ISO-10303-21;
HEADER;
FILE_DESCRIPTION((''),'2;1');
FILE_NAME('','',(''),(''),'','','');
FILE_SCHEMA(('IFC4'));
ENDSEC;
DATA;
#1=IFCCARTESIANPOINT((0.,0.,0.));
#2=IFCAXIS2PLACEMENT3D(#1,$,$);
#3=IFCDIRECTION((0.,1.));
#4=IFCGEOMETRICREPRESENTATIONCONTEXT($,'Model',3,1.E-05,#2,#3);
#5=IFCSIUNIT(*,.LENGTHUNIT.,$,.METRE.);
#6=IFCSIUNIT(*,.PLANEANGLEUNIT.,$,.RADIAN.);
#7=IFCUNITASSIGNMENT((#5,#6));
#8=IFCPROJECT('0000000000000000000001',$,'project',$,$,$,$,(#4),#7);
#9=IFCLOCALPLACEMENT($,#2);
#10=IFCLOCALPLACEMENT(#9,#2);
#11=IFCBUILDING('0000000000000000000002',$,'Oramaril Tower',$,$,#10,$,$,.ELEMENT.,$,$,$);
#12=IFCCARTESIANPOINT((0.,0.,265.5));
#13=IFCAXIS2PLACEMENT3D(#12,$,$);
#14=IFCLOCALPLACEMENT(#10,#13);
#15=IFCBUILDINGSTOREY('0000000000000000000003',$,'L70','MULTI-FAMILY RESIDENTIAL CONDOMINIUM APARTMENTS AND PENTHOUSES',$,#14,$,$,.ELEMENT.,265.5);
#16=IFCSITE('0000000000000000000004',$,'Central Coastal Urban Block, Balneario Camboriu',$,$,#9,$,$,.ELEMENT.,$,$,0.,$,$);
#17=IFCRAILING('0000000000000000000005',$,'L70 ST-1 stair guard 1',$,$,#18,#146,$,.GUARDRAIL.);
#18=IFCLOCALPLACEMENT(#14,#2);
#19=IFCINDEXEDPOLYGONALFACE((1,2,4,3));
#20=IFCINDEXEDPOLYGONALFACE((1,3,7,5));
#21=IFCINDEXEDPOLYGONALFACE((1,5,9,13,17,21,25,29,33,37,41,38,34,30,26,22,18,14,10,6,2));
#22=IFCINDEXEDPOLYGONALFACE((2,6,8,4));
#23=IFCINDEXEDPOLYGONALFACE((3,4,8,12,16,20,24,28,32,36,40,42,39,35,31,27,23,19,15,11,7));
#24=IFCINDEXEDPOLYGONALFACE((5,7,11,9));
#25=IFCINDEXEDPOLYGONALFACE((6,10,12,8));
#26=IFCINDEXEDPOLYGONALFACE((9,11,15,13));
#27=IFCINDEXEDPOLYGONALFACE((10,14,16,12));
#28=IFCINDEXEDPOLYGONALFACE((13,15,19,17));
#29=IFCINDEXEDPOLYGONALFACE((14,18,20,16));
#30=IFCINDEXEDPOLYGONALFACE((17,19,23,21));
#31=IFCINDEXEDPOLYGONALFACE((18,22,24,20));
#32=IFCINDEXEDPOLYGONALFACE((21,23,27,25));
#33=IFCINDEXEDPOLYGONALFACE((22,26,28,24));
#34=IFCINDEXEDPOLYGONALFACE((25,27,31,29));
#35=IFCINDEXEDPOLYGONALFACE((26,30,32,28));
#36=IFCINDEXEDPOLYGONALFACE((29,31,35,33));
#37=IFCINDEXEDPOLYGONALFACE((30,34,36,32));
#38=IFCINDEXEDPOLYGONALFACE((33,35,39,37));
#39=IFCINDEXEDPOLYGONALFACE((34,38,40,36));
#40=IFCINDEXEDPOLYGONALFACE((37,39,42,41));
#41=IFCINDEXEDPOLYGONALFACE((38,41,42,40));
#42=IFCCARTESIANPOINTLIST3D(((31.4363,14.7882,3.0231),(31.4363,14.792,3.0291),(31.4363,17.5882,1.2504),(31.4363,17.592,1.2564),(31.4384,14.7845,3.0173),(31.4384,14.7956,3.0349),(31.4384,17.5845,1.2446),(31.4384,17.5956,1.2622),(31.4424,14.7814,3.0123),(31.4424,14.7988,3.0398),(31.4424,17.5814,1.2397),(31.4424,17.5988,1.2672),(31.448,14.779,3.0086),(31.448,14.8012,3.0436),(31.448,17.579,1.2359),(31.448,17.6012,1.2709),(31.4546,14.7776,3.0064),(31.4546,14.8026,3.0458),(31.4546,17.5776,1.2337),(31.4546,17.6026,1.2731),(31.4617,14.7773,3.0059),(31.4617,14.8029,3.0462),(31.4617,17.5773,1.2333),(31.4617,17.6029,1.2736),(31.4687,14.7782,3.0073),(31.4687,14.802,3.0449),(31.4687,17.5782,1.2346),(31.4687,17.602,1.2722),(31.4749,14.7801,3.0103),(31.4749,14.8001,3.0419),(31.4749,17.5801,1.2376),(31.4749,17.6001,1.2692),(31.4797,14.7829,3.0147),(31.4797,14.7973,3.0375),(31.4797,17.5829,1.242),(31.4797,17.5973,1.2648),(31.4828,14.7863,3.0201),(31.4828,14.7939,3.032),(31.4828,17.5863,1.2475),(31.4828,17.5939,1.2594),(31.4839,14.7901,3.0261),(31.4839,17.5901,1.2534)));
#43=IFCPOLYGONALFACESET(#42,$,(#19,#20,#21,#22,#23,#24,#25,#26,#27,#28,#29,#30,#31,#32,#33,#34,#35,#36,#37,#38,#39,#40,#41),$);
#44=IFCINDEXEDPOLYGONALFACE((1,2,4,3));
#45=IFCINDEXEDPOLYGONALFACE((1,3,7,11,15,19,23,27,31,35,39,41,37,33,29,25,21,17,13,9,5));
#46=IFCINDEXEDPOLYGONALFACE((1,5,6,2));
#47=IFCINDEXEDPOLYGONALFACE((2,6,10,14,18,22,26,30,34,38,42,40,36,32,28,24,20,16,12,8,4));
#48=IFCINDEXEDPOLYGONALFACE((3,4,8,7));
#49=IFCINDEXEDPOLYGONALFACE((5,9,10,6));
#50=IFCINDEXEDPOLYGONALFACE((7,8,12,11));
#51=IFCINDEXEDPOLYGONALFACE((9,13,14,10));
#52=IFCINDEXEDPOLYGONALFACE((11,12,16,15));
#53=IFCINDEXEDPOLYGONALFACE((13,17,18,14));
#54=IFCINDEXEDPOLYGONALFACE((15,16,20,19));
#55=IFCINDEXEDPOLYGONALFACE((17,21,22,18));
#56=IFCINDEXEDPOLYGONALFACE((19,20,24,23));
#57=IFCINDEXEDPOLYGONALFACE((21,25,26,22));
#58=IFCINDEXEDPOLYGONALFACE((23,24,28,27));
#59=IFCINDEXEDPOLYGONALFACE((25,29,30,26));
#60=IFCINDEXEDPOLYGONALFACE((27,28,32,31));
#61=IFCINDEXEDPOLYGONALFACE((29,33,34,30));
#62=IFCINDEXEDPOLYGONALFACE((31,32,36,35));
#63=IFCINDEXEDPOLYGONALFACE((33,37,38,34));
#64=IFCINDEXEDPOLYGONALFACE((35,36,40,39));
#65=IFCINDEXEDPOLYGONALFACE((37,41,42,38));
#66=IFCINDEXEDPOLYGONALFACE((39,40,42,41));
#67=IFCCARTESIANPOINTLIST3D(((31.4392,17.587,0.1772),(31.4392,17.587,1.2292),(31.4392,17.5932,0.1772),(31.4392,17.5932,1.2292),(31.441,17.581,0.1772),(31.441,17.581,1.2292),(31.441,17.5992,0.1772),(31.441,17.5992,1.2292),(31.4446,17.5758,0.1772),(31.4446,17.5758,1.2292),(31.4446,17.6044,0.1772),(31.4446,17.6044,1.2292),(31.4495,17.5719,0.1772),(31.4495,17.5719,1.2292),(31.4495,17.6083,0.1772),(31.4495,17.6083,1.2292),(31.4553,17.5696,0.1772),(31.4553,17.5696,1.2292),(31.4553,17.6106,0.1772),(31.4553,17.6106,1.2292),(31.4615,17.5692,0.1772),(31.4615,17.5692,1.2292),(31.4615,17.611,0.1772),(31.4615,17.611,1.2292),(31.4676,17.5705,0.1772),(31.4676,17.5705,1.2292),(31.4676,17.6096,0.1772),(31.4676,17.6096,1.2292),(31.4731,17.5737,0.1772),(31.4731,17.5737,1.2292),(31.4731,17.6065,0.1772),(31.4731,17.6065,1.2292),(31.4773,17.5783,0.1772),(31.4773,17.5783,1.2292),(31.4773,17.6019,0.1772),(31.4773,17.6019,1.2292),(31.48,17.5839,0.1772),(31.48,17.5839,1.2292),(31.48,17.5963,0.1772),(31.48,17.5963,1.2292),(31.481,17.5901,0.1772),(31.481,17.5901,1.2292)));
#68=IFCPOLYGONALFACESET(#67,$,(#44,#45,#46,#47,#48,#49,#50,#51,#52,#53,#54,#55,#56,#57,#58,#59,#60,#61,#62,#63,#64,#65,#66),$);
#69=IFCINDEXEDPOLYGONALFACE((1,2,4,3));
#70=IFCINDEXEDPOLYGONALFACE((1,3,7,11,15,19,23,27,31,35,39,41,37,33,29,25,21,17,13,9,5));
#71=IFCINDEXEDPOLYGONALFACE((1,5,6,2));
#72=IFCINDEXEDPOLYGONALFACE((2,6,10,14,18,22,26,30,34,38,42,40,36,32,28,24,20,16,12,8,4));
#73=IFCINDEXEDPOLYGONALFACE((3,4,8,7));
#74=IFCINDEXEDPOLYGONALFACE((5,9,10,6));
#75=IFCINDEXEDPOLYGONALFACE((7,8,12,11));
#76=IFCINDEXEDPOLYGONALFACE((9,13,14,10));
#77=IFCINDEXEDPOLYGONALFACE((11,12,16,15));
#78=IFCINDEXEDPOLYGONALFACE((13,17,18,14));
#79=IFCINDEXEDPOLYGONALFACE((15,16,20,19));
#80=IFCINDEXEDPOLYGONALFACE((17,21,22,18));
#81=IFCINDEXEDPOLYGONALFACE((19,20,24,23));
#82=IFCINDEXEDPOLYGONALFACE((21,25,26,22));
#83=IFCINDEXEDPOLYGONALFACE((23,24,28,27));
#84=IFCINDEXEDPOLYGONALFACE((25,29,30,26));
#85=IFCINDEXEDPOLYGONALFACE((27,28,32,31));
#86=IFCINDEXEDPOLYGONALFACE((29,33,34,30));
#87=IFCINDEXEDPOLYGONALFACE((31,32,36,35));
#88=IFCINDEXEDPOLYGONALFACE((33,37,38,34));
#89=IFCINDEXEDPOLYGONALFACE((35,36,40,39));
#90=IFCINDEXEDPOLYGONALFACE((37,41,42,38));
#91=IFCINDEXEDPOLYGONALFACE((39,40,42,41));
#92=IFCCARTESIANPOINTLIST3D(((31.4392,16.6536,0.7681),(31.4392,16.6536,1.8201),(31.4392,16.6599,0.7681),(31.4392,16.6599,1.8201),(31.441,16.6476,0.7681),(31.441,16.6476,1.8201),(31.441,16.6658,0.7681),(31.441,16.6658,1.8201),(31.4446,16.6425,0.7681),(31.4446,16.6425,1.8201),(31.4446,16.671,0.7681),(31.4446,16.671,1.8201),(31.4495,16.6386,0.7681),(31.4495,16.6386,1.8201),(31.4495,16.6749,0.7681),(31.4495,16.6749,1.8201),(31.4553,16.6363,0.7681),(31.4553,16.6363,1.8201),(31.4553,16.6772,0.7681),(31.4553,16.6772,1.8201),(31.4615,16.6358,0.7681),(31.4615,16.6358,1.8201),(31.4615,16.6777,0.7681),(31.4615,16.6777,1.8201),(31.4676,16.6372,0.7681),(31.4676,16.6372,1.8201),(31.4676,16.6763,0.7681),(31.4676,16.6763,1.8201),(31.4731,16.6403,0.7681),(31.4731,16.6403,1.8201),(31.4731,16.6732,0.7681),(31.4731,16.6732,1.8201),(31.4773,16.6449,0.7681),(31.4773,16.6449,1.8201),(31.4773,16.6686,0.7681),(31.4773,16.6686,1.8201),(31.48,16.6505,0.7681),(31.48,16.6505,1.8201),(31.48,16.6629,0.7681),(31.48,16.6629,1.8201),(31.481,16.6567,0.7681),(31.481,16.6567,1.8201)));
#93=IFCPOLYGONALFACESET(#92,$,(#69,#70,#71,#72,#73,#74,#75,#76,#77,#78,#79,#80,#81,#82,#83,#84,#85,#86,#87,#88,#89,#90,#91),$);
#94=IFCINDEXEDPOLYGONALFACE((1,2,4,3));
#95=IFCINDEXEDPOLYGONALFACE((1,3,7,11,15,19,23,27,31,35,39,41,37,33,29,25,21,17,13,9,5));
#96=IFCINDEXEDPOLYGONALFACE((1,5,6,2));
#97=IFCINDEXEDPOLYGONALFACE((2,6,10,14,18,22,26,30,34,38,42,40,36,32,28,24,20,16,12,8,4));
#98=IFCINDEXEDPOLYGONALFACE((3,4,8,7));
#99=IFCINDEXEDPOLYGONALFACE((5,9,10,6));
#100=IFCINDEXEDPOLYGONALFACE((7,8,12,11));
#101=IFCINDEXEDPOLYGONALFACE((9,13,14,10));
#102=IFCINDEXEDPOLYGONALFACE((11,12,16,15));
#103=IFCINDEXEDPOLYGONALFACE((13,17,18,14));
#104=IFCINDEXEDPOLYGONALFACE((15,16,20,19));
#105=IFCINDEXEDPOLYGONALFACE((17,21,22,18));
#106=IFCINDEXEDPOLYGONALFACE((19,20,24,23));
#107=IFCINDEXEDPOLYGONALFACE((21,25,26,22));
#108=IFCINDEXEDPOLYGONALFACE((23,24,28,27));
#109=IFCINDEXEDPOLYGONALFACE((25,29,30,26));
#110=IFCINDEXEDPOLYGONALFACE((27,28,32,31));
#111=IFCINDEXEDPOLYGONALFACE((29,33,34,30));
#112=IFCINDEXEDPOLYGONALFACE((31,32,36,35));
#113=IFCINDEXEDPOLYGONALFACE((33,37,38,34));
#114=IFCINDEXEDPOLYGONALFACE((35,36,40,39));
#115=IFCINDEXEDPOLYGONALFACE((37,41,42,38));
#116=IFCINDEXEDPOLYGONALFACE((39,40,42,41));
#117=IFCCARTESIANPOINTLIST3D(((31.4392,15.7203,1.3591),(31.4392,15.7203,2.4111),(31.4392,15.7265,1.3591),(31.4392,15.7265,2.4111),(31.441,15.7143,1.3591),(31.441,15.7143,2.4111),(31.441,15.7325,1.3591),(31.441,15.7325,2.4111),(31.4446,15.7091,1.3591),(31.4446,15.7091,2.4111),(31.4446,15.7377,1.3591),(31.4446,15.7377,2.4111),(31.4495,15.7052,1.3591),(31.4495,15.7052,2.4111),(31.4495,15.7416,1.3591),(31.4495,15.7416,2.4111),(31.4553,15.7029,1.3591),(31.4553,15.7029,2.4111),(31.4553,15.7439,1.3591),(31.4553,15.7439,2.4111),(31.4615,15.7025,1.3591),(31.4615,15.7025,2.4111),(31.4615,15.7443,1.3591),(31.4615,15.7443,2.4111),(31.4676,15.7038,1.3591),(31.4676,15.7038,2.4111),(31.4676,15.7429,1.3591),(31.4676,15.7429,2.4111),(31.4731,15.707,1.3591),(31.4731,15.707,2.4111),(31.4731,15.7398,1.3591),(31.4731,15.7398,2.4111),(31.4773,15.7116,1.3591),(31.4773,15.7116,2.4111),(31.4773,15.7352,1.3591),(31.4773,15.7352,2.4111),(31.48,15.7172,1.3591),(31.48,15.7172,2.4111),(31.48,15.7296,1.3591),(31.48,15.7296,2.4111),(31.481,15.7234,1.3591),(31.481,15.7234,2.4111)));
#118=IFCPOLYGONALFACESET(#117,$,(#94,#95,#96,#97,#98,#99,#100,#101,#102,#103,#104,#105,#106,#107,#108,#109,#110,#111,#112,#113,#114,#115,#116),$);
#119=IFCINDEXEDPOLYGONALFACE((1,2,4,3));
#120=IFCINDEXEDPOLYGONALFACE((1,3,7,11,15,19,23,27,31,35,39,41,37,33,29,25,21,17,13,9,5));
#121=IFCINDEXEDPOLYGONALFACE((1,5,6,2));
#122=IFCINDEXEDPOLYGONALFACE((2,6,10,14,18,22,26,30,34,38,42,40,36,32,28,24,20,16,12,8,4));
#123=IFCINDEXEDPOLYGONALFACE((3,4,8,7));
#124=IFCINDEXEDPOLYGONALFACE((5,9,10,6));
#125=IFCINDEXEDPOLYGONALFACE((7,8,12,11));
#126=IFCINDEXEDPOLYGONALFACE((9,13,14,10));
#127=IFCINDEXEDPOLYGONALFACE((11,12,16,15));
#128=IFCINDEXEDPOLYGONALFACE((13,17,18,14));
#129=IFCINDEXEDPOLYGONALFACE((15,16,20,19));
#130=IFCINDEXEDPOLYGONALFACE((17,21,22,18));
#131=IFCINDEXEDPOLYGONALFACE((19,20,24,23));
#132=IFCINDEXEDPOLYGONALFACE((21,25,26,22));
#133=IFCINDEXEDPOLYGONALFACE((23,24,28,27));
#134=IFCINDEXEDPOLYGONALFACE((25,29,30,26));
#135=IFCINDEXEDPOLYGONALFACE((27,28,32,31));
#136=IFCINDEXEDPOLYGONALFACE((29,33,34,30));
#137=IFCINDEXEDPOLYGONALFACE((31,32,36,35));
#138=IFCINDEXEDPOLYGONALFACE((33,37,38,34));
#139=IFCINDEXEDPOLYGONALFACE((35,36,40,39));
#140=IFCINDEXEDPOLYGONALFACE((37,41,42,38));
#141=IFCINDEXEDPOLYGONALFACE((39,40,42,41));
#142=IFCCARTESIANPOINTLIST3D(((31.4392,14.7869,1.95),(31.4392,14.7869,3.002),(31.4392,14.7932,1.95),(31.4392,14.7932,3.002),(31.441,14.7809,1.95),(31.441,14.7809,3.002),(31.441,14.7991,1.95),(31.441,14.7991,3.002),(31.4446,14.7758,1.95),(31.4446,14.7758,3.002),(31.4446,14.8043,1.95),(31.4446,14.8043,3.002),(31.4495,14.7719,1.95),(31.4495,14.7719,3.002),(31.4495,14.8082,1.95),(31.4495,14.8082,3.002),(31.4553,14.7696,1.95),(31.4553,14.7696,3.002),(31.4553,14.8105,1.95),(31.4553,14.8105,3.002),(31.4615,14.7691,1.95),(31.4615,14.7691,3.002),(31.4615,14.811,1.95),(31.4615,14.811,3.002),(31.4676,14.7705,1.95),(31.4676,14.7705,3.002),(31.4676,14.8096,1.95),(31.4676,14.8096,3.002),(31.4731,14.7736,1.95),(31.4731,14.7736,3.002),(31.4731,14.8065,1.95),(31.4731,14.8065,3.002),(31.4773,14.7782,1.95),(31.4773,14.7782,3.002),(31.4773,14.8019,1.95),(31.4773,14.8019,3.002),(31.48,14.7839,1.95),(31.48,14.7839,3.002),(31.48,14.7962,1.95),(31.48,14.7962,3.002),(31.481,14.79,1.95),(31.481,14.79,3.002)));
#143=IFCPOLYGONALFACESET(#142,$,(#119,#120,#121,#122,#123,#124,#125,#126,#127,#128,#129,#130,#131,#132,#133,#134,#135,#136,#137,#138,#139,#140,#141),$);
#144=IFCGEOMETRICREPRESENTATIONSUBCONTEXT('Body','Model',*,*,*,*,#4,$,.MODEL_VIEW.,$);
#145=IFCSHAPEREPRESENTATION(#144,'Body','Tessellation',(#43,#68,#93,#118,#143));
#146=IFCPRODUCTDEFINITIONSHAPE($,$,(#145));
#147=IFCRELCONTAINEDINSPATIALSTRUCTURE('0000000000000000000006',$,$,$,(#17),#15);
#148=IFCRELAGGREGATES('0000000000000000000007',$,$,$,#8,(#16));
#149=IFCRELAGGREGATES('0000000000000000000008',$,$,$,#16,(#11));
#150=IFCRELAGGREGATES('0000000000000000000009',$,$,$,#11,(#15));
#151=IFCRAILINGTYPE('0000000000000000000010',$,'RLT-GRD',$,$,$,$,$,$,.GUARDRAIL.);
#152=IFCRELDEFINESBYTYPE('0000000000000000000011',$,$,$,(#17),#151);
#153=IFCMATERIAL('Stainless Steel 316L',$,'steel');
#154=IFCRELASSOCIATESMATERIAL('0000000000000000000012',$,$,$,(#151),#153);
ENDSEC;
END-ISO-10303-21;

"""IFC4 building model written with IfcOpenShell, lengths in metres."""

from ifc_helpers import new_model, si_unit, direction, frame, origin, origin_2d, place, context, subcontext, project, spatial, circle, extrude, material, type_object, element, save


model = new_model("IFC4")

# Units and contexts
model_context = context("Model", 3, precision=1e-05, world=origin(), true_north=direction((0.0, 1.0)))
body_context = subcontext(model_context, "Body", "Model", "MODEL_VIEW")
ifc_project = project(units=[si_unit("LENGTHUNIT", "METRE"), si_unit("PLANEANGLEUNIT", "RADIAN")], contexts=[model_context])

# Site, building, storey
site_placement = place(None, origin())
site = spatial("IfcSite", under=ifc_project, at=site_placement, Name="Central Coastal Urban Block, Balneario Camboriu", CompositionType="ELEMENT", RefElevation=0.0)
building_placement = place(site_placement, origin())
building = spatial("IfcBuilding", under=site, at=building_placement, Name="Oramaril Tower", CompositionType="ELEMENT")
storey_placement = place(building_placement, frame((0.0, 0.0, 265.5)))
storey = spatial("IfcBuildingStorey", under=building, at=storey_placement, Name="L70", Description="MULTI-FAMILY RESIDENTIAL CONDOMINIUM APARTMENTS AND PENTHOUSES", CompositionType="ELEMENT", Elevation=265.5)

# Railing
ifc_material_1 = material(Name="Stainless Steel 316L", Category="steel")
railing_type_1 = type_object("IfcRailingType", Name="RLT-GRD", PredefinedType="GUARDRAIL", material=ifc_material_1)
railing_1_placement = place(storey_placement, frame((31.46, 17.5901, 0.1772)))
element("IfcRailing", 1, at=railing_1_placement, inside=storey, type_object=railing_type_1, Name="L70 ST-1 stair guard 1", PredefinedType="GUARDRAIL", context=body_context, shape_type="SweptSolid", body=[
    extrude(circle(Radius=0.0239, at=origin_2d()), frame((0.0, 0.0, 1.0762), z_axis=(0.0, -0.844909, 0.53491), x_axis=(1.0, 0.0, 0.0)), (0.0, 0.0, 1.0), 3.314),
    extrude(circle(Radius=0.021, at=origin_2d()), origin(), (0.0, 0.0, 1.0), 1.052),
    extrude(circle(Radius=0.021, at=origin_2d()), frame((0.0, -0.9333, 0.5908)), (0.0, 0.0, 1.0), 1.052),
    extrude(circle(Radius=0.021, at=origin_2d()), frame((0.0, -1.8667, 1.1819)), (0.0, 0.0, 1.0), 1.052),
    extrude(circle(Radius=0.021, at=origin_2d()), frame((0.0, -2.8, 1.7727)), (0.0, 0.0, 1.0), 1.052),
])

save(model, "model.ifc")
